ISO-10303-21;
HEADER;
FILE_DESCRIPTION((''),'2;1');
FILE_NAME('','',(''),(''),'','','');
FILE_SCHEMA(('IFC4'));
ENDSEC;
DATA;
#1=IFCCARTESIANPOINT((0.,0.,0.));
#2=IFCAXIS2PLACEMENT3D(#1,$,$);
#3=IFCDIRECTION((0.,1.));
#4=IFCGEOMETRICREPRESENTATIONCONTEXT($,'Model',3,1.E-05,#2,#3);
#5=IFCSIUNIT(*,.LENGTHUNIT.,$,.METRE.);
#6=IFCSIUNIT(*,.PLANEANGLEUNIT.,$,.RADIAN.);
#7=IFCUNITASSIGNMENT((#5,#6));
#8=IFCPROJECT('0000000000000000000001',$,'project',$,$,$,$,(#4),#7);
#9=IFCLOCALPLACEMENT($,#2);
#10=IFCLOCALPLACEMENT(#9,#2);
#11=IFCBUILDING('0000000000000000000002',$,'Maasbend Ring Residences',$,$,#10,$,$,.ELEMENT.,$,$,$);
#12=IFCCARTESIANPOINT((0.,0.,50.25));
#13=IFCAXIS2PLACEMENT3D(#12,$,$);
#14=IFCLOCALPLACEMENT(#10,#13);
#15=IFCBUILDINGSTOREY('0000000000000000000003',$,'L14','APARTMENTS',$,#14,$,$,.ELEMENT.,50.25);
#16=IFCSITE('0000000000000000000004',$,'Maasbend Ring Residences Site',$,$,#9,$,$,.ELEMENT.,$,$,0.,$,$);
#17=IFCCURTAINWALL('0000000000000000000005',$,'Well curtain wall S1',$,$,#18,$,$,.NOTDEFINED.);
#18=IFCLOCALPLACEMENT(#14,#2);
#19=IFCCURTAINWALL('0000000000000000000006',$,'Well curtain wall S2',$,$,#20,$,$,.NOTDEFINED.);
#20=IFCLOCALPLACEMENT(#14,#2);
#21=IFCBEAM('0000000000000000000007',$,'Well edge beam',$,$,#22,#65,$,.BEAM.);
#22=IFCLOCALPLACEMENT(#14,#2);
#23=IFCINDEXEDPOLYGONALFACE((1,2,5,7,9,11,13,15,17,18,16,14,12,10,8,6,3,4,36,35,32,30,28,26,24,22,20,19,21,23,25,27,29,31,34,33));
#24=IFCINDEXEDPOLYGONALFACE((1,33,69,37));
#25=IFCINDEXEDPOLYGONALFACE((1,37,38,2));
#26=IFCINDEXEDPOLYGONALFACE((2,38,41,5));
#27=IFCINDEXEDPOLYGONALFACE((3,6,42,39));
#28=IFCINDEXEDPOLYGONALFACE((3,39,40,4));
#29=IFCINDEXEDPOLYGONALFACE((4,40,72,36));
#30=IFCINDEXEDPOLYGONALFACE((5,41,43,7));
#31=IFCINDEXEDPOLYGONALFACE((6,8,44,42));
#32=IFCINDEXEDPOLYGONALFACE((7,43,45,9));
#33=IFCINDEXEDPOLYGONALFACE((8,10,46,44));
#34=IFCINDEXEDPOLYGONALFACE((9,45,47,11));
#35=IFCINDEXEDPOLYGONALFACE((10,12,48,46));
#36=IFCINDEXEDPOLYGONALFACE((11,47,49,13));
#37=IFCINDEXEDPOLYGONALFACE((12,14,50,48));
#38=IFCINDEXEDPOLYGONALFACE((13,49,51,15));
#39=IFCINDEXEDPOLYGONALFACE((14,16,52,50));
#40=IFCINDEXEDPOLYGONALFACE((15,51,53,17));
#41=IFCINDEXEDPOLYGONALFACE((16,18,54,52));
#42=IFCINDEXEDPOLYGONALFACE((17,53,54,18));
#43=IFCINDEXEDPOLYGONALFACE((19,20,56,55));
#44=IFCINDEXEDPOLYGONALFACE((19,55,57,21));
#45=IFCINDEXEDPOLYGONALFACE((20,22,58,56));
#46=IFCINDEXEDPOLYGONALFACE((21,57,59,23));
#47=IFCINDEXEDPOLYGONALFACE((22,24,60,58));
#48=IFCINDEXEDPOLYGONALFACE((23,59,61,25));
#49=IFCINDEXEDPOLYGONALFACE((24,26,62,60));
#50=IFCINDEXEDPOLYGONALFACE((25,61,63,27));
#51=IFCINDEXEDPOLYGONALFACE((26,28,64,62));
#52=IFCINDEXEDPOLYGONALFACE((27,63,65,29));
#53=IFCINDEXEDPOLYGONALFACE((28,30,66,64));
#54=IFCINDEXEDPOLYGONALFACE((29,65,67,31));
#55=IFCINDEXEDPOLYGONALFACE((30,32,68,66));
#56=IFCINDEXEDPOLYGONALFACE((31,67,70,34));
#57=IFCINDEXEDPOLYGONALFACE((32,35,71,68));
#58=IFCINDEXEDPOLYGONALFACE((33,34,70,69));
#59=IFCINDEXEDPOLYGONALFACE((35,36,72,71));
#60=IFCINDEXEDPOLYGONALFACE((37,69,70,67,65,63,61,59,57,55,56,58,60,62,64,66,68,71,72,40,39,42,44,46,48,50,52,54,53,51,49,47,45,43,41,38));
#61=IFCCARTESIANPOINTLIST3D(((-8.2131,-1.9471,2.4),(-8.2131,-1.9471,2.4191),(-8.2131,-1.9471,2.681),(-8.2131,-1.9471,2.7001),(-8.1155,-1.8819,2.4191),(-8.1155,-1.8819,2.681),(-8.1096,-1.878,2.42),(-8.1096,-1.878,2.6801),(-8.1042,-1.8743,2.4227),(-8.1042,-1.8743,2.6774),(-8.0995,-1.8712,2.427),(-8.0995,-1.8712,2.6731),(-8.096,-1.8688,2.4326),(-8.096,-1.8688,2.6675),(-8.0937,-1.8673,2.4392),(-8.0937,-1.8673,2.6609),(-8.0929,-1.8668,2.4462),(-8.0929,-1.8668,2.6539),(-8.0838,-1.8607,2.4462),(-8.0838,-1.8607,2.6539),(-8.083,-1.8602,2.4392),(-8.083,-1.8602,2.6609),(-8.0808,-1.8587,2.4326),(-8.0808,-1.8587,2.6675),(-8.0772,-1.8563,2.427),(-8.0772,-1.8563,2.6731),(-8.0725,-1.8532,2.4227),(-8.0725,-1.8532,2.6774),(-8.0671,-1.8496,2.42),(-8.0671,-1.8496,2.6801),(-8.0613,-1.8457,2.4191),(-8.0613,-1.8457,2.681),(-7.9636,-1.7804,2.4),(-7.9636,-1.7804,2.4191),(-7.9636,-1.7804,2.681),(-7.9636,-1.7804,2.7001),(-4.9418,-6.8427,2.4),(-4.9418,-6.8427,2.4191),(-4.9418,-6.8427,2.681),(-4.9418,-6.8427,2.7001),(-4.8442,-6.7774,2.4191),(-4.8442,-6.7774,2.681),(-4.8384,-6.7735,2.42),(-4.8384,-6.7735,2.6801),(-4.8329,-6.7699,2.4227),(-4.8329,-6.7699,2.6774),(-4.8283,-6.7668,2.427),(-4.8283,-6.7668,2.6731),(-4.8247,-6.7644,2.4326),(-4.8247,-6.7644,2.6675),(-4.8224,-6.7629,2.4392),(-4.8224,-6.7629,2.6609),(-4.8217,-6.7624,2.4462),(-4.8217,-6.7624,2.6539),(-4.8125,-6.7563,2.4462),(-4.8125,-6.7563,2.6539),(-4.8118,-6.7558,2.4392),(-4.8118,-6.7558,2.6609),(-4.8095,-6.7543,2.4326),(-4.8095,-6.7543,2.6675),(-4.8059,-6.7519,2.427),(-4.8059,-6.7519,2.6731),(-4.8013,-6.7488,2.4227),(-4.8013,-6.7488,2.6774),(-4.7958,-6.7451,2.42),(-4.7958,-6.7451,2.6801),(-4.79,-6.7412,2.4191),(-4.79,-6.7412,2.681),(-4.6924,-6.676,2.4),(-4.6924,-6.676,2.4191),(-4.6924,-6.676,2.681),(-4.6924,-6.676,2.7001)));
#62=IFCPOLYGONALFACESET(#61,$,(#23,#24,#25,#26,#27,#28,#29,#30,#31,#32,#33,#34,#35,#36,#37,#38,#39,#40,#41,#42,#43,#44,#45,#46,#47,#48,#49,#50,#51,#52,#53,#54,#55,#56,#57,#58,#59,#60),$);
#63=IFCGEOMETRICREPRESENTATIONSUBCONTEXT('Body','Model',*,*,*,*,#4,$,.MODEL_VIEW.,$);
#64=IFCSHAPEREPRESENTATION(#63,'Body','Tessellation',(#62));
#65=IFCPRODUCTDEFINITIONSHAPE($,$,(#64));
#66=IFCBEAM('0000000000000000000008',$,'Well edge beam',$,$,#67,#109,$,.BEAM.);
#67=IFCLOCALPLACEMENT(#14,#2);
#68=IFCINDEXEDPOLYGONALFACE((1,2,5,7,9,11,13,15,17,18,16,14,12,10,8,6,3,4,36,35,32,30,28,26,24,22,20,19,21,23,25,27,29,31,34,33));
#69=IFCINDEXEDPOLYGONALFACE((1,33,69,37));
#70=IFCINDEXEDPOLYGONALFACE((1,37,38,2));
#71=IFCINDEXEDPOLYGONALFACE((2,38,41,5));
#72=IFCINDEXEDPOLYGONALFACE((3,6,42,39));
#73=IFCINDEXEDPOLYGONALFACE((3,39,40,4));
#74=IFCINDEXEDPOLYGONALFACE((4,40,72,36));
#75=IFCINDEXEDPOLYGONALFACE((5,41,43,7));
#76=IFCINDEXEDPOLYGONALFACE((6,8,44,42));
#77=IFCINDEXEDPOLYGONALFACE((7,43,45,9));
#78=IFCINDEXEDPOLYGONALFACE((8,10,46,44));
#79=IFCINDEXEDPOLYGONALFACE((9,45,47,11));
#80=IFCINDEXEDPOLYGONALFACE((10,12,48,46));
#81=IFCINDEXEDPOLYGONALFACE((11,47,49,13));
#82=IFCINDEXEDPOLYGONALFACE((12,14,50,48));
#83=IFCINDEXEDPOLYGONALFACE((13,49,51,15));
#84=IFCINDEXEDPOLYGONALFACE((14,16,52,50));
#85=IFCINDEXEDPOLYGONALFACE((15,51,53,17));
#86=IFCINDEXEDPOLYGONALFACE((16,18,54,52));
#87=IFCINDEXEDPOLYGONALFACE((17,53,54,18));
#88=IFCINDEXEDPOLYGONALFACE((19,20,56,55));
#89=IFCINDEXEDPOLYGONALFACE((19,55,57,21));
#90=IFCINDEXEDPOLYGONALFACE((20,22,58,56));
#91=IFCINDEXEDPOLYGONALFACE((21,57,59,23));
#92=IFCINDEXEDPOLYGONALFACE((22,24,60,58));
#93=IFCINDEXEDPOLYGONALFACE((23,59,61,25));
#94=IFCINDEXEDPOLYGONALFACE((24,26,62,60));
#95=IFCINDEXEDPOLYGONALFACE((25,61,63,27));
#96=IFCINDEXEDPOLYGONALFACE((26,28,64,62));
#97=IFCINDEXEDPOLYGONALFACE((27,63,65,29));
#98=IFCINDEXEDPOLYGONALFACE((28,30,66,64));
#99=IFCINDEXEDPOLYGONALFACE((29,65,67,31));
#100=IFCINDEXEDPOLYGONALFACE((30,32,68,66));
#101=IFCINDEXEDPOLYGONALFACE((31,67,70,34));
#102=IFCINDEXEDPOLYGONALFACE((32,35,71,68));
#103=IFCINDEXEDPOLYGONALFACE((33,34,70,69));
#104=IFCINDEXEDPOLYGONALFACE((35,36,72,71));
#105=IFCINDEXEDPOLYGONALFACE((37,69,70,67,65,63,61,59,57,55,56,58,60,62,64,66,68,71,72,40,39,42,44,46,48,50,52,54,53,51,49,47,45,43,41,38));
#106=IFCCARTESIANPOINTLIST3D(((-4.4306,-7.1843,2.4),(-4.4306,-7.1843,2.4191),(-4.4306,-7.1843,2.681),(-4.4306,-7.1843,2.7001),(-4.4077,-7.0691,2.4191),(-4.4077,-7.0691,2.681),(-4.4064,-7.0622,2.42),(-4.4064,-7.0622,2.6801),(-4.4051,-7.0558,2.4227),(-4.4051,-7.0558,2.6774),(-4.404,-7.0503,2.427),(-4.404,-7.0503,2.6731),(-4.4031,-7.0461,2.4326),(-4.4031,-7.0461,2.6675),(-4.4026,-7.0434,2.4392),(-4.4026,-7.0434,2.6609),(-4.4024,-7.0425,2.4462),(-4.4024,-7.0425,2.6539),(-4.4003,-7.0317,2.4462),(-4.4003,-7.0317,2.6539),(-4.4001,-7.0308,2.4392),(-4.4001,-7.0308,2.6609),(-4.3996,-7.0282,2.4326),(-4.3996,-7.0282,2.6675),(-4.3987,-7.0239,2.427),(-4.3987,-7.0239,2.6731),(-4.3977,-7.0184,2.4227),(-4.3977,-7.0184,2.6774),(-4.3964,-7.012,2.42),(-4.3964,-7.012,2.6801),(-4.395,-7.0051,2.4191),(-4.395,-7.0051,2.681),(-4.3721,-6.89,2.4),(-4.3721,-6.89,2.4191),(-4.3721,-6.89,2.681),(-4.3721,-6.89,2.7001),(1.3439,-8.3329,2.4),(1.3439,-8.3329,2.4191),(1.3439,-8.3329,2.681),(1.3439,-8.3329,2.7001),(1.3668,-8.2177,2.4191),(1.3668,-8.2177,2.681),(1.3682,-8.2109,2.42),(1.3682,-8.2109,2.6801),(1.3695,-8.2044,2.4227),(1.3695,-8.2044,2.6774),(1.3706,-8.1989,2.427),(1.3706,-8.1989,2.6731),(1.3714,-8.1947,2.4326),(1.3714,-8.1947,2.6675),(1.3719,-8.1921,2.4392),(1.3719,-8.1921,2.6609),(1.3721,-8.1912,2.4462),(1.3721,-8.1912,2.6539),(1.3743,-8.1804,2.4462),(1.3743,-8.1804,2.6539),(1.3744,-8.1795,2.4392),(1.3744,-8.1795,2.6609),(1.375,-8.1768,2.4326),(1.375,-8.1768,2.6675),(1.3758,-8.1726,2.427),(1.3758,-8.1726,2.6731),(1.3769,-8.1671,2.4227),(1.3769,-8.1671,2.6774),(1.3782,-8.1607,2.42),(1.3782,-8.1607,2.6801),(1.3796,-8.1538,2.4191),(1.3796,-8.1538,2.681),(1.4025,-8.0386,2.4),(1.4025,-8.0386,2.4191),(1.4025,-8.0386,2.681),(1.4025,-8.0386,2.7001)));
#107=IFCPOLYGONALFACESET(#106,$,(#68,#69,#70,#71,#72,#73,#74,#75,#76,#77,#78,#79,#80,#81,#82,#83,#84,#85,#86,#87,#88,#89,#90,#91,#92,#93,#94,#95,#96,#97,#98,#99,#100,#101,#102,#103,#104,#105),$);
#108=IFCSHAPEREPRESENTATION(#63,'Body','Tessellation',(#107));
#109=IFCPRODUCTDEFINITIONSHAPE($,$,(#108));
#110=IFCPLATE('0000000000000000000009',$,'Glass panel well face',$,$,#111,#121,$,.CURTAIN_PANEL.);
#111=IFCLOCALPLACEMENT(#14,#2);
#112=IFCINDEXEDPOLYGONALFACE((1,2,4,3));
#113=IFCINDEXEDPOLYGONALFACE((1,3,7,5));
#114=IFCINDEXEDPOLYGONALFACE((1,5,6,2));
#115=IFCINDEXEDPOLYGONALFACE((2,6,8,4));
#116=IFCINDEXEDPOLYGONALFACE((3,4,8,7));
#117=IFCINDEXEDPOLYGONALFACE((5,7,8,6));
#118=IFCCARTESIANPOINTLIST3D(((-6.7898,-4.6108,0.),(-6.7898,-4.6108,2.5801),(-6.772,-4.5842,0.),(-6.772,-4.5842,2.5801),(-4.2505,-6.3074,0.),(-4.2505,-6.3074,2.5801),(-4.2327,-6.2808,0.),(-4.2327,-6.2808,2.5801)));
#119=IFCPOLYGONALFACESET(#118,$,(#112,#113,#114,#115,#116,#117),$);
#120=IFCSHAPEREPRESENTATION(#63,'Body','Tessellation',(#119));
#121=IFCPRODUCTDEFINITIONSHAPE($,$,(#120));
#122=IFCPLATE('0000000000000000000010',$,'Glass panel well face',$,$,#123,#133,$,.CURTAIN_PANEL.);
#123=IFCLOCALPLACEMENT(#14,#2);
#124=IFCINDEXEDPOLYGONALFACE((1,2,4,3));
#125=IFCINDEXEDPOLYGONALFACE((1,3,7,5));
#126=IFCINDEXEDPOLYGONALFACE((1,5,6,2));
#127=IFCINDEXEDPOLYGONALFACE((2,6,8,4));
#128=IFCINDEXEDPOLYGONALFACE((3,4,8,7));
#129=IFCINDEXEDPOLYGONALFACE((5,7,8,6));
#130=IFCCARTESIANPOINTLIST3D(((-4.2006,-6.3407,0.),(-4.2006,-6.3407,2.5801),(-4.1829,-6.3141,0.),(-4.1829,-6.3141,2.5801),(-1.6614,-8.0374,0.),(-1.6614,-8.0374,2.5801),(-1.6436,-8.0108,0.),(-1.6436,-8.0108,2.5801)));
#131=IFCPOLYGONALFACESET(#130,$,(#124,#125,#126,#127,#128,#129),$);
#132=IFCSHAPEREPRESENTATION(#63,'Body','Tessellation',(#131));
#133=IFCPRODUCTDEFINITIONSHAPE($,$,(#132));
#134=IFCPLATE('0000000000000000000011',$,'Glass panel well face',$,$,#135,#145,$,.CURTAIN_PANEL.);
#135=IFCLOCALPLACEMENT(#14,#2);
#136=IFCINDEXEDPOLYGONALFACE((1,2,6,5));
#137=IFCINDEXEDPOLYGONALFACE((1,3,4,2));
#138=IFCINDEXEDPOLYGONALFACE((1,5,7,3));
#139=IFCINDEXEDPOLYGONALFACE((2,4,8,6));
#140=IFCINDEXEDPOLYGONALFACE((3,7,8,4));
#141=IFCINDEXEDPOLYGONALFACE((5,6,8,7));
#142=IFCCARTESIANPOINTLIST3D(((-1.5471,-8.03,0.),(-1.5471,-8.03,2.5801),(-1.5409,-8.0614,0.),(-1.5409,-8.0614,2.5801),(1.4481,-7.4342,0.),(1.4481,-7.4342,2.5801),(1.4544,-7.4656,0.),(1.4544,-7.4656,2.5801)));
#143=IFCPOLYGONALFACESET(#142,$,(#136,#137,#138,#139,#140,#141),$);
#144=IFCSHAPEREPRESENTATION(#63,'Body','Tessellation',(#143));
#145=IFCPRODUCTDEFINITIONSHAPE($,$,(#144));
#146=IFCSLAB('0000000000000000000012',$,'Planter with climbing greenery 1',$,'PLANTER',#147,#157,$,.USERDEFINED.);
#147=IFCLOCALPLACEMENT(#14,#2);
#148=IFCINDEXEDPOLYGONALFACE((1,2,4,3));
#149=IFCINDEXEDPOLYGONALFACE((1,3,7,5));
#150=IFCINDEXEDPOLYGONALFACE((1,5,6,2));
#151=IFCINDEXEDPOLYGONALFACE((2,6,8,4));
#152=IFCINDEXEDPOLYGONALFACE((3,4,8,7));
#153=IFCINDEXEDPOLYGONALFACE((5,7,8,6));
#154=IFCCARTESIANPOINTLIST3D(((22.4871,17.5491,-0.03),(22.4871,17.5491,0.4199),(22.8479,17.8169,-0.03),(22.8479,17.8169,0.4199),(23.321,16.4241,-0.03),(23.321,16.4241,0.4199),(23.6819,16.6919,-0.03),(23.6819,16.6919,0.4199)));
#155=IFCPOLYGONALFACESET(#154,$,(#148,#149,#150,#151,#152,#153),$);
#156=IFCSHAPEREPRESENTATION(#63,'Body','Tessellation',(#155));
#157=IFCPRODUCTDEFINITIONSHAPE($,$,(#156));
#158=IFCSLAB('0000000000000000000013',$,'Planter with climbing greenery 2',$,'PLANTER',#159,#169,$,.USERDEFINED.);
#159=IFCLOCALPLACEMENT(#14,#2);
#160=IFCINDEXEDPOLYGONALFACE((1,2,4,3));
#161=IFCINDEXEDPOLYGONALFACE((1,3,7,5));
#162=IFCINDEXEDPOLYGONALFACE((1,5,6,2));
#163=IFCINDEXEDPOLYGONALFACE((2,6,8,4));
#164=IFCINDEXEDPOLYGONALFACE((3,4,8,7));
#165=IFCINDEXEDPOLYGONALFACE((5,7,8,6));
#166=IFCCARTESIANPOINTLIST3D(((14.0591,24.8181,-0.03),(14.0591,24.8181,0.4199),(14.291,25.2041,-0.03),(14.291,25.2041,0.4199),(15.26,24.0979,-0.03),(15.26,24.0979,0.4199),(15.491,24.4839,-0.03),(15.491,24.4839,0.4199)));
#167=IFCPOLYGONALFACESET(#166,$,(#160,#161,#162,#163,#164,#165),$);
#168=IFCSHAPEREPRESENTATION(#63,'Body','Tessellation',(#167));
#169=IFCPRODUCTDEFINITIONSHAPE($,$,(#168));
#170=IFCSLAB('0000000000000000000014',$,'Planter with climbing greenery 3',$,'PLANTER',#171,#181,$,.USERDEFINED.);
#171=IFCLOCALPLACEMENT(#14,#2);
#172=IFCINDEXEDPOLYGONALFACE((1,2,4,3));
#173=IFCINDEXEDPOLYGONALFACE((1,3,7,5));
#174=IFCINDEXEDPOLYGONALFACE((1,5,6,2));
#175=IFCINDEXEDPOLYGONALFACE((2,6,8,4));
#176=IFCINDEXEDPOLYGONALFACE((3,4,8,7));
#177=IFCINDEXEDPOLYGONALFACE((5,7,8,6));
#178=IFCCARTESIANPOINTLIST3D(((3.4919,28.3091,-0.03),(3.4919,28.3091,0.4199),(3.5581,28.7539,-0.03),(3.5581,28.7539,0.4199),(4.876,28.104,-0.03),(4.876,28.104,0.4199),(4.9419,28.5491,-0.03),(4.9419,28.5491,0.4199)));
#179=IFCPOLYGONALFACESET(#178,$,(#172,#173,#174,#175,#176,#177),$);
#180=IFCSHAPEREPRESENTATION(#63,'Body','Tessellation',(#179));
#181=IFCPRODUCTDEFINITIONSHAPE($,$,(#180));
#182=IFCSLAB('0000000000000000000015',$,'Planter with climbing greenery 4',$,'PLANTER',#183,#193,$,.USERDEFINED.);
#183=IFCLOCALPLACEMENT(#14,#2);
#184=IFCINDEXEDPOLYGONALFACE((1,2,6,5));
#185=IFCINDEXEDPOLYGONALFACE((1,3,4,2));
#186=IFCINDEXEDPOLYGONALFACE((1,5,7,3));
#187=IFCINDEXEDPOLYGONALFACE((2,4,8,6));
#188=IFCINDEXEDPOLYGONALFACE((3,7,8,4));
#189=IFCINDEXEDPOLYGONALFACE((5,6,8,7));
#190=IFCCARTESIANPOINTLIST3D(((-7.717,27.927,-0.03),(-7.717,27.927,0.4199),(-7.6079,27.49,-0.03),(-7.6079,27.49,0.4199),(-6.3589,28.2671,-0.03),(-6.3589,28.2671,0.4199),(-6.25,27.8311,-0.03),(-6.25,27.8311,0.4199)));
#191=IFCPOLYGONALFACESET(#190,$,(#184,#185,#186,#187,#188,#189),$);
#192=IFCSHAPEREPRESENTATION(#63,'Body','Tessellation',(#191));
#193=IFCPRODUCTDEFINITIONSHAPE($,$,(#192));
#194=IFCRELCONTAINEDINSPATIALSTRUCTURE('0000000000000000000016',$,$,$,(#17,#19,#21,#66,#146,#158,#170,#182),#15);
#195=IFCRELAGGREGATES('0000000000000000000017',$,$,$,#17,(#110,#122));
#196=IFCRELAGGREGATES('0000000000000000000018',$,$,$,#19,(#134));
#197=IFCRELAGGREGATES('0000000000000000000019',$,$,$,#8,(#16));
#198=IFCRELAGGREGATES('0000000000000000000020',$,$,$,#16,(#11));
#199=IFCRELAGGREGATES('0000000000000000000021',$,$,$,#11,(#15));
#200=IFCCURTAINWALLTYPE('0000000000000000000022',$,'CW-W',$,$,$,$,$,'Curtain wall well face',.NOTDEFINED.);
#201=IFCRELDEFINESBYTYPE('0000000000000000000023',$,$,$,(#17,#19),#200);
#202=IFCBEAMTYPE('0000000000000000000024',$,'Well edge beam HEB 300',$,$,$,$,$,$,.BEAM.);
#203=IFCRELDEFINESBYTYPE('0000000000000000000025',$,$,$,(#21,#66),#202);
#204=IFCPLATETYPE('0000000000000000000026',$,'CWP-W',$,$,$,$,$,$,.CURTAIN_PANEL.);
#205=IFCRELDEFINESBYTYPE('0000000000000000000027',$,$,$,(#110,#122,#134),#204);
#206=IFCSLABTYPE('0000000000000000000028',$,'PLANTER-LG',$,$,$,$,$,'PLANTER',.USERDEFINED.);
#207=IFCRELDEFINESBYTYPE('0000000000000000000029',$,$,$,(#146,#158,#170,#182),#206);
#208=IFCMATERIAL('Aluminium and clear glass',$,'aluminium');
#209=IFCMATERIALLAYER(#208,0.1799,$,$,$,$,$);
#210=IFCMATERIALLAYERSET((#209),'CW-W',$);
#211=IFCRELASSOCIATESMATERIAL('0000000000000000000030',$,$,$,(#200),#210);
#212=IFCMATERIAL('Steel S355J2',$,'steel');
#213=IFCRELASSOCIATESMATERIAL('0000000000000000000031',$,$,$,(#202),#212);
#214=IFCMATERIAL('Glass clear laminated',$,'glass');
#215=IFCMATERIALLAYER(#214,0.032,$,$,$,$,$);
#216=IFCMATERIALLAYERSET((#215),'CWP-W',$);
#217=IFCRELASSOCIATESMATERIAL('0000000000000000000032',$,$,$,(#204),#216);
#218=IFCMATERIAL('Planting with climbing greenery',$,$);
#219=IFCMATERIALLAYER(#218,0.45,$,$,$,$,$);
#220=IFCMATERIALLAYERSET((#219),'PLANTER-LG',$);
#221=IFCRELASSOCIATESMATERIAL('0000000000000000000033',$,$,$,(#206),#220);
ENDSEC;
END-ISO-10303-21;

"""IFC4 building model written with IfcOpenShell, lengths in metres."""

from ifc_helpers import new_model, si_unit, direction, frame, origin, origin_2d, place, context, subcontext, project, spatial, polyline, rectangle, i_section, outline, extrude, material, layer, layer_set, material_profile, profile_set, type_object, element, aggregate, save


model = new_model("IFC4")

# Units and contexts
model_context = context("Model", 3, precision=1e-05, world=origin(), true_north=direction((0.0, 1.0)))
body_context = subcontext(model_context, "Body", "Model", "MODEL_VIEW")
ifc_project = project(units=[si_unit("LENGTHUNIT", "METRE"), si_unit("PLANEANGLEUNIT", "RADIAN")], contexts=[model_context])

# Site, building, storey
site_placement = place(None, origin())
site = spatial("IfcSite", under=ifc_project, at=site_placement, Name="Maasbend Ring Residences Site", CompositionType="ELEMENT", RefElevation=0.0)
building_placement = place(site_placement, origin())
building = spatial("IfcBuilding", under=site, at=building_placement, Name="Maasbend Ring Residences", CompositionType="ELEMENT")
storey_placement = place(building_placement, frame((0.0, 0.0, 50.25)))
storey = spatial("IfcBuildingStorey", under=building, at=storey_placement, Name="L14", Description="APARTMENTS", CompositionType="ELEMENT", Elevation=50.25)

# Curtain wall
ifc_material_1 = material(Name="Aluminium and clear glass", Category="aluminium")
ifc_layer_1 = layer(ifc_material_1, 0.1799)
ifc_layer_set_1 = layer_set([ifc_layer_1], Name="CW-W")
curtain_wall_type = type_object("IfcCurtainWallType", Name="CW-W", ElementType="Curtain wall well face", PredefinedType="NOTDEFINED", material=ifc_layer_set_1)
curtain_wall_1_placement = place(storey_placement, origin())
curtain_wall_1 = element("IfcCurtainWall", 1, at=curtain_wall_1_placement, inside=storey, type_object=curtain_wall_type, Name="Well curtain wall S1", PredefinedType="NOTDEFINED")

# Curtain wall
curtain_wall_2_placement = place(storey_placement, origin())
curtain_wall_2 = element("IfcCurtainWall", 2, at=curtain_wall_2_placement, inside=storey, type_object=curtain_wall_type, Name="Well curtain wall S2", PredefinedType="NOTDEFINED")

# Beams
ifc_material_2 = material(Name="Steel S355J2", Category="steel")
ifc_material_profile_1 = material_profile(ifc_material_2, i_section(OverallWidth=0.3, OverallDepth=0.3, WebThickness=0.011, FlangeThickness=0.019, FilletRadius=0.0271, at=origin_2d()), Name="HEB 300")
ifc_profile_set_1 = profile_set([ifc_material_profile_1], Name="Steel S355J2")
beam_type = type_object("IfcBeamType", Name="Well edge beam HEB 300", PredefinedType="BEAM", material=ifc_profile_set_1)
beam_1_placement = place(storey_placement, frame((-8.0884, -1.8638, 2.55), z_axis=(0.55559, -0.831457, 0.0), x_axis=(0.831457, 0.55559, 0.0)))
element("IfcBeam", 3, at=beam_1_placement, inside=storey, type_object=beam_type, Name="Well edge beam", PredefinedType="BEAM", context=body_context, shape_type="SweptSolid", body=[
    extrude(i_section(OverallWidth=0.3, OverallDepth=0.3, WebThickness=0.011, FlangeThickness=0.019, FilletRadius=0.0271, at=origin_2d()), origin(), (0.0, 0.0, 1.0), 5.8879),
])
beam_2_placement = place(storey_placement, frame((-4.4014, -7.0371, 2.55), z_axis=(0.980784, -0.195095, 0.0), x_axis=(0.195095, 0.980784, 0.0)))
element("IfcBeam", 4, at=beam_2_placement, inside=storey, type_object=beam_type, Name="Well edge beam", PredefinedType="BEAM", context=body_context, shape_type="SweptSolid", body=[
    extrude(i_section(OverallWidth=0.3, OverallDepth=0.3, WebThickness=0.011, FlangeThickness=0.019, FilletRadius=0.0271, at=origin_2d()), origin(), (0.0, 0.0, 1.0), 5.8877),
])

# Plates
ifc_material_3 = material(Name="Glass clear laminated", Category="glass")
ifc_layer_2 = layer(ifc_material_3, 0.032)
ifc_layer_set_2 = layer_set([ifc_layer_2], Name="CWP-W")
plate_type = type_object("IfcPlateType", Name="CWP-W", PredefinedType="CURTAIN_PANEL", material=ifc_layer_set_2)
plate_1_placement = place(storey_placement, frame((-5.5112, -5.4458, 0.0), z_axis=(0.0, 0.0, 1.0), x_axis=(0.83147, -0.55557, 0.0)))
plate_1 = element("IfcPlate", 5, at=plate_1_placement, type_object=plate_type, Name="Glass panel well face", PredefinedType="CURTAIN_PANEL", context=body_context, shape_type="SweptSolid", body=[
    extrude(rectangle(XDim=3.054, YDim=0.032, at=origin_2d()), origin(), (0.0, 0.0, 1.0), 2.5801),
])
plate_2_placement = place(storey_placement, frame((-2.9221, -7.1758, 0.0), z_axis=(0.0, 0.0, 1.0), x_axis=(0.83147, -0.55557, 0.0)))
plate_2 = element("IfcPlate", 6, at=plate_2_placement, type_object=plate_type, Name="Glass panel well face", PredefinedType="CURTAIN_PANEL", context=body_context, shape_type="SweptSolid", body=[
    extrude(rectangle(XDim=3.054, YDim=0.032, at=origin_2d()), origin(), (0.0, 0.0, 1.0), 2.5801),
])
aggregate(curtain_wall_1, [plate_1, plate_2])
plate_3_placement = place(storey_placement, frame((-0.0464, -7.7478, 0.0), z_axis=(0.0, 0.0, 1.0), x_axis=(0.980785, 0.19509, 0.0)))
plate_3 = element("IfcPlate", 7, at=plate_3_placement, type_object=plate_type, Name="Glass panel well face", PredefinedType="CURTAIN_PANEL", context=body_context, shape_type="SweptSolid", body=[
    extrude(rectangle(XDim=3.054, YDim=0.032, at=origin_2d()), origin(), (0.0, 0.0, 1.0), 2.5801),
])
aggregate(curtain_wall_2, [plate_3])

# Slabs
ifc_material_4 = material(Name="Planting with climbing greenery")
ifc_layer_3 = layer(ifc_material_4, 0.45)
ifc_layer_set_3 = layer_set([ifc_layer_3], Name="PLANTER-LG")
slab_type_1 = type_object("IfcSlabType", Name="PLANTER-LG", ElementType="PLANTER", PredefinedType="USERDEFINED", material=ifc_layer_set_3)
slab_1_placement = place(storey_placement, frame((0.0, 0.0, -0.03)))
element("IfcSlab", 8, at=slab_1_placement, inside=storey, type_object=slab_type_1, Name="Planter with climbing greenery 1", ObjectType="PLANTER", PredefinedType="USERDEFINED", context=body_context, shape_type="SweptSolid", body=[
    extrude(outline(polyline([(23.6819, 16.6919), (22.8479, 17.8169), (22.4871, 17.5491), (23.321, 16.4241), (23.6819, 16.6919)])), origin(), (0.0, 0.0, 1.0), 0.45),
])
slab_2_placement = place(storey_placement, frame((0.0, 0.0, -0.03)))
element("IfcSlab", 9, at=slab_2_placement, inside=storey, type_object=slab_type_1, Name="Planter with climbing greenery 2", ObjectType="PLANTER", PredefinedType="USERDEFINED", context=body_context, shape_type="SweptSolid", body=[
    extrude(outline(polyline([(15.491, 24.4839), (14.291, 25.2041), (14.0591, 24.8181), (15.26, 24.0979), (15.491, 24.4839)])), origin(), (0.0, 0.0, 1.0), 0.45),
])
slab_3_placement = place(storey_placement, frame((0.0, 0.0, -0.03)))
element("IfcSlab", 10, at=slab_3_placement, inside=storey, type_object=slab_type_1, Name="Planter with climbing greenery 3", ObjectType="PLANTER", PredefinedType="USERDEFINED", context=body_context, shape_type="SweptSolid", body=[
    extrude(outline(polyline([(4.9419, 28.5491), (3.5581, 28.7539), (3.4919, 28.3091), (4.876, 28.104), (4.9419, 28.5491)])), origin(), (0.0, 0.0, 1.0), 0.45),
])
slab_4_placement = place(storey_placement, frame((0.0, 0.0, -0.03)))
element("IfcSlab", 11, at=slab_4_placement, inside=storey, type_object=slab_type_1, Name="Planter with climbing greenery 4", ObjectType="PLANTER", PredefinedType="USERDEFINED", context=body_context, shape_type="SweptSolid", body=[
    extrude(outline(polyline([(-6.3589, 28.2671), (-7.717, 27.927), (-7.6079, 27.49), (-6.25, 27.8311), (-6.3589, 28.2671)])), origin(), (0.0, 0.0, 1.0), 0.45),
])

save(model, "model.ifc")
